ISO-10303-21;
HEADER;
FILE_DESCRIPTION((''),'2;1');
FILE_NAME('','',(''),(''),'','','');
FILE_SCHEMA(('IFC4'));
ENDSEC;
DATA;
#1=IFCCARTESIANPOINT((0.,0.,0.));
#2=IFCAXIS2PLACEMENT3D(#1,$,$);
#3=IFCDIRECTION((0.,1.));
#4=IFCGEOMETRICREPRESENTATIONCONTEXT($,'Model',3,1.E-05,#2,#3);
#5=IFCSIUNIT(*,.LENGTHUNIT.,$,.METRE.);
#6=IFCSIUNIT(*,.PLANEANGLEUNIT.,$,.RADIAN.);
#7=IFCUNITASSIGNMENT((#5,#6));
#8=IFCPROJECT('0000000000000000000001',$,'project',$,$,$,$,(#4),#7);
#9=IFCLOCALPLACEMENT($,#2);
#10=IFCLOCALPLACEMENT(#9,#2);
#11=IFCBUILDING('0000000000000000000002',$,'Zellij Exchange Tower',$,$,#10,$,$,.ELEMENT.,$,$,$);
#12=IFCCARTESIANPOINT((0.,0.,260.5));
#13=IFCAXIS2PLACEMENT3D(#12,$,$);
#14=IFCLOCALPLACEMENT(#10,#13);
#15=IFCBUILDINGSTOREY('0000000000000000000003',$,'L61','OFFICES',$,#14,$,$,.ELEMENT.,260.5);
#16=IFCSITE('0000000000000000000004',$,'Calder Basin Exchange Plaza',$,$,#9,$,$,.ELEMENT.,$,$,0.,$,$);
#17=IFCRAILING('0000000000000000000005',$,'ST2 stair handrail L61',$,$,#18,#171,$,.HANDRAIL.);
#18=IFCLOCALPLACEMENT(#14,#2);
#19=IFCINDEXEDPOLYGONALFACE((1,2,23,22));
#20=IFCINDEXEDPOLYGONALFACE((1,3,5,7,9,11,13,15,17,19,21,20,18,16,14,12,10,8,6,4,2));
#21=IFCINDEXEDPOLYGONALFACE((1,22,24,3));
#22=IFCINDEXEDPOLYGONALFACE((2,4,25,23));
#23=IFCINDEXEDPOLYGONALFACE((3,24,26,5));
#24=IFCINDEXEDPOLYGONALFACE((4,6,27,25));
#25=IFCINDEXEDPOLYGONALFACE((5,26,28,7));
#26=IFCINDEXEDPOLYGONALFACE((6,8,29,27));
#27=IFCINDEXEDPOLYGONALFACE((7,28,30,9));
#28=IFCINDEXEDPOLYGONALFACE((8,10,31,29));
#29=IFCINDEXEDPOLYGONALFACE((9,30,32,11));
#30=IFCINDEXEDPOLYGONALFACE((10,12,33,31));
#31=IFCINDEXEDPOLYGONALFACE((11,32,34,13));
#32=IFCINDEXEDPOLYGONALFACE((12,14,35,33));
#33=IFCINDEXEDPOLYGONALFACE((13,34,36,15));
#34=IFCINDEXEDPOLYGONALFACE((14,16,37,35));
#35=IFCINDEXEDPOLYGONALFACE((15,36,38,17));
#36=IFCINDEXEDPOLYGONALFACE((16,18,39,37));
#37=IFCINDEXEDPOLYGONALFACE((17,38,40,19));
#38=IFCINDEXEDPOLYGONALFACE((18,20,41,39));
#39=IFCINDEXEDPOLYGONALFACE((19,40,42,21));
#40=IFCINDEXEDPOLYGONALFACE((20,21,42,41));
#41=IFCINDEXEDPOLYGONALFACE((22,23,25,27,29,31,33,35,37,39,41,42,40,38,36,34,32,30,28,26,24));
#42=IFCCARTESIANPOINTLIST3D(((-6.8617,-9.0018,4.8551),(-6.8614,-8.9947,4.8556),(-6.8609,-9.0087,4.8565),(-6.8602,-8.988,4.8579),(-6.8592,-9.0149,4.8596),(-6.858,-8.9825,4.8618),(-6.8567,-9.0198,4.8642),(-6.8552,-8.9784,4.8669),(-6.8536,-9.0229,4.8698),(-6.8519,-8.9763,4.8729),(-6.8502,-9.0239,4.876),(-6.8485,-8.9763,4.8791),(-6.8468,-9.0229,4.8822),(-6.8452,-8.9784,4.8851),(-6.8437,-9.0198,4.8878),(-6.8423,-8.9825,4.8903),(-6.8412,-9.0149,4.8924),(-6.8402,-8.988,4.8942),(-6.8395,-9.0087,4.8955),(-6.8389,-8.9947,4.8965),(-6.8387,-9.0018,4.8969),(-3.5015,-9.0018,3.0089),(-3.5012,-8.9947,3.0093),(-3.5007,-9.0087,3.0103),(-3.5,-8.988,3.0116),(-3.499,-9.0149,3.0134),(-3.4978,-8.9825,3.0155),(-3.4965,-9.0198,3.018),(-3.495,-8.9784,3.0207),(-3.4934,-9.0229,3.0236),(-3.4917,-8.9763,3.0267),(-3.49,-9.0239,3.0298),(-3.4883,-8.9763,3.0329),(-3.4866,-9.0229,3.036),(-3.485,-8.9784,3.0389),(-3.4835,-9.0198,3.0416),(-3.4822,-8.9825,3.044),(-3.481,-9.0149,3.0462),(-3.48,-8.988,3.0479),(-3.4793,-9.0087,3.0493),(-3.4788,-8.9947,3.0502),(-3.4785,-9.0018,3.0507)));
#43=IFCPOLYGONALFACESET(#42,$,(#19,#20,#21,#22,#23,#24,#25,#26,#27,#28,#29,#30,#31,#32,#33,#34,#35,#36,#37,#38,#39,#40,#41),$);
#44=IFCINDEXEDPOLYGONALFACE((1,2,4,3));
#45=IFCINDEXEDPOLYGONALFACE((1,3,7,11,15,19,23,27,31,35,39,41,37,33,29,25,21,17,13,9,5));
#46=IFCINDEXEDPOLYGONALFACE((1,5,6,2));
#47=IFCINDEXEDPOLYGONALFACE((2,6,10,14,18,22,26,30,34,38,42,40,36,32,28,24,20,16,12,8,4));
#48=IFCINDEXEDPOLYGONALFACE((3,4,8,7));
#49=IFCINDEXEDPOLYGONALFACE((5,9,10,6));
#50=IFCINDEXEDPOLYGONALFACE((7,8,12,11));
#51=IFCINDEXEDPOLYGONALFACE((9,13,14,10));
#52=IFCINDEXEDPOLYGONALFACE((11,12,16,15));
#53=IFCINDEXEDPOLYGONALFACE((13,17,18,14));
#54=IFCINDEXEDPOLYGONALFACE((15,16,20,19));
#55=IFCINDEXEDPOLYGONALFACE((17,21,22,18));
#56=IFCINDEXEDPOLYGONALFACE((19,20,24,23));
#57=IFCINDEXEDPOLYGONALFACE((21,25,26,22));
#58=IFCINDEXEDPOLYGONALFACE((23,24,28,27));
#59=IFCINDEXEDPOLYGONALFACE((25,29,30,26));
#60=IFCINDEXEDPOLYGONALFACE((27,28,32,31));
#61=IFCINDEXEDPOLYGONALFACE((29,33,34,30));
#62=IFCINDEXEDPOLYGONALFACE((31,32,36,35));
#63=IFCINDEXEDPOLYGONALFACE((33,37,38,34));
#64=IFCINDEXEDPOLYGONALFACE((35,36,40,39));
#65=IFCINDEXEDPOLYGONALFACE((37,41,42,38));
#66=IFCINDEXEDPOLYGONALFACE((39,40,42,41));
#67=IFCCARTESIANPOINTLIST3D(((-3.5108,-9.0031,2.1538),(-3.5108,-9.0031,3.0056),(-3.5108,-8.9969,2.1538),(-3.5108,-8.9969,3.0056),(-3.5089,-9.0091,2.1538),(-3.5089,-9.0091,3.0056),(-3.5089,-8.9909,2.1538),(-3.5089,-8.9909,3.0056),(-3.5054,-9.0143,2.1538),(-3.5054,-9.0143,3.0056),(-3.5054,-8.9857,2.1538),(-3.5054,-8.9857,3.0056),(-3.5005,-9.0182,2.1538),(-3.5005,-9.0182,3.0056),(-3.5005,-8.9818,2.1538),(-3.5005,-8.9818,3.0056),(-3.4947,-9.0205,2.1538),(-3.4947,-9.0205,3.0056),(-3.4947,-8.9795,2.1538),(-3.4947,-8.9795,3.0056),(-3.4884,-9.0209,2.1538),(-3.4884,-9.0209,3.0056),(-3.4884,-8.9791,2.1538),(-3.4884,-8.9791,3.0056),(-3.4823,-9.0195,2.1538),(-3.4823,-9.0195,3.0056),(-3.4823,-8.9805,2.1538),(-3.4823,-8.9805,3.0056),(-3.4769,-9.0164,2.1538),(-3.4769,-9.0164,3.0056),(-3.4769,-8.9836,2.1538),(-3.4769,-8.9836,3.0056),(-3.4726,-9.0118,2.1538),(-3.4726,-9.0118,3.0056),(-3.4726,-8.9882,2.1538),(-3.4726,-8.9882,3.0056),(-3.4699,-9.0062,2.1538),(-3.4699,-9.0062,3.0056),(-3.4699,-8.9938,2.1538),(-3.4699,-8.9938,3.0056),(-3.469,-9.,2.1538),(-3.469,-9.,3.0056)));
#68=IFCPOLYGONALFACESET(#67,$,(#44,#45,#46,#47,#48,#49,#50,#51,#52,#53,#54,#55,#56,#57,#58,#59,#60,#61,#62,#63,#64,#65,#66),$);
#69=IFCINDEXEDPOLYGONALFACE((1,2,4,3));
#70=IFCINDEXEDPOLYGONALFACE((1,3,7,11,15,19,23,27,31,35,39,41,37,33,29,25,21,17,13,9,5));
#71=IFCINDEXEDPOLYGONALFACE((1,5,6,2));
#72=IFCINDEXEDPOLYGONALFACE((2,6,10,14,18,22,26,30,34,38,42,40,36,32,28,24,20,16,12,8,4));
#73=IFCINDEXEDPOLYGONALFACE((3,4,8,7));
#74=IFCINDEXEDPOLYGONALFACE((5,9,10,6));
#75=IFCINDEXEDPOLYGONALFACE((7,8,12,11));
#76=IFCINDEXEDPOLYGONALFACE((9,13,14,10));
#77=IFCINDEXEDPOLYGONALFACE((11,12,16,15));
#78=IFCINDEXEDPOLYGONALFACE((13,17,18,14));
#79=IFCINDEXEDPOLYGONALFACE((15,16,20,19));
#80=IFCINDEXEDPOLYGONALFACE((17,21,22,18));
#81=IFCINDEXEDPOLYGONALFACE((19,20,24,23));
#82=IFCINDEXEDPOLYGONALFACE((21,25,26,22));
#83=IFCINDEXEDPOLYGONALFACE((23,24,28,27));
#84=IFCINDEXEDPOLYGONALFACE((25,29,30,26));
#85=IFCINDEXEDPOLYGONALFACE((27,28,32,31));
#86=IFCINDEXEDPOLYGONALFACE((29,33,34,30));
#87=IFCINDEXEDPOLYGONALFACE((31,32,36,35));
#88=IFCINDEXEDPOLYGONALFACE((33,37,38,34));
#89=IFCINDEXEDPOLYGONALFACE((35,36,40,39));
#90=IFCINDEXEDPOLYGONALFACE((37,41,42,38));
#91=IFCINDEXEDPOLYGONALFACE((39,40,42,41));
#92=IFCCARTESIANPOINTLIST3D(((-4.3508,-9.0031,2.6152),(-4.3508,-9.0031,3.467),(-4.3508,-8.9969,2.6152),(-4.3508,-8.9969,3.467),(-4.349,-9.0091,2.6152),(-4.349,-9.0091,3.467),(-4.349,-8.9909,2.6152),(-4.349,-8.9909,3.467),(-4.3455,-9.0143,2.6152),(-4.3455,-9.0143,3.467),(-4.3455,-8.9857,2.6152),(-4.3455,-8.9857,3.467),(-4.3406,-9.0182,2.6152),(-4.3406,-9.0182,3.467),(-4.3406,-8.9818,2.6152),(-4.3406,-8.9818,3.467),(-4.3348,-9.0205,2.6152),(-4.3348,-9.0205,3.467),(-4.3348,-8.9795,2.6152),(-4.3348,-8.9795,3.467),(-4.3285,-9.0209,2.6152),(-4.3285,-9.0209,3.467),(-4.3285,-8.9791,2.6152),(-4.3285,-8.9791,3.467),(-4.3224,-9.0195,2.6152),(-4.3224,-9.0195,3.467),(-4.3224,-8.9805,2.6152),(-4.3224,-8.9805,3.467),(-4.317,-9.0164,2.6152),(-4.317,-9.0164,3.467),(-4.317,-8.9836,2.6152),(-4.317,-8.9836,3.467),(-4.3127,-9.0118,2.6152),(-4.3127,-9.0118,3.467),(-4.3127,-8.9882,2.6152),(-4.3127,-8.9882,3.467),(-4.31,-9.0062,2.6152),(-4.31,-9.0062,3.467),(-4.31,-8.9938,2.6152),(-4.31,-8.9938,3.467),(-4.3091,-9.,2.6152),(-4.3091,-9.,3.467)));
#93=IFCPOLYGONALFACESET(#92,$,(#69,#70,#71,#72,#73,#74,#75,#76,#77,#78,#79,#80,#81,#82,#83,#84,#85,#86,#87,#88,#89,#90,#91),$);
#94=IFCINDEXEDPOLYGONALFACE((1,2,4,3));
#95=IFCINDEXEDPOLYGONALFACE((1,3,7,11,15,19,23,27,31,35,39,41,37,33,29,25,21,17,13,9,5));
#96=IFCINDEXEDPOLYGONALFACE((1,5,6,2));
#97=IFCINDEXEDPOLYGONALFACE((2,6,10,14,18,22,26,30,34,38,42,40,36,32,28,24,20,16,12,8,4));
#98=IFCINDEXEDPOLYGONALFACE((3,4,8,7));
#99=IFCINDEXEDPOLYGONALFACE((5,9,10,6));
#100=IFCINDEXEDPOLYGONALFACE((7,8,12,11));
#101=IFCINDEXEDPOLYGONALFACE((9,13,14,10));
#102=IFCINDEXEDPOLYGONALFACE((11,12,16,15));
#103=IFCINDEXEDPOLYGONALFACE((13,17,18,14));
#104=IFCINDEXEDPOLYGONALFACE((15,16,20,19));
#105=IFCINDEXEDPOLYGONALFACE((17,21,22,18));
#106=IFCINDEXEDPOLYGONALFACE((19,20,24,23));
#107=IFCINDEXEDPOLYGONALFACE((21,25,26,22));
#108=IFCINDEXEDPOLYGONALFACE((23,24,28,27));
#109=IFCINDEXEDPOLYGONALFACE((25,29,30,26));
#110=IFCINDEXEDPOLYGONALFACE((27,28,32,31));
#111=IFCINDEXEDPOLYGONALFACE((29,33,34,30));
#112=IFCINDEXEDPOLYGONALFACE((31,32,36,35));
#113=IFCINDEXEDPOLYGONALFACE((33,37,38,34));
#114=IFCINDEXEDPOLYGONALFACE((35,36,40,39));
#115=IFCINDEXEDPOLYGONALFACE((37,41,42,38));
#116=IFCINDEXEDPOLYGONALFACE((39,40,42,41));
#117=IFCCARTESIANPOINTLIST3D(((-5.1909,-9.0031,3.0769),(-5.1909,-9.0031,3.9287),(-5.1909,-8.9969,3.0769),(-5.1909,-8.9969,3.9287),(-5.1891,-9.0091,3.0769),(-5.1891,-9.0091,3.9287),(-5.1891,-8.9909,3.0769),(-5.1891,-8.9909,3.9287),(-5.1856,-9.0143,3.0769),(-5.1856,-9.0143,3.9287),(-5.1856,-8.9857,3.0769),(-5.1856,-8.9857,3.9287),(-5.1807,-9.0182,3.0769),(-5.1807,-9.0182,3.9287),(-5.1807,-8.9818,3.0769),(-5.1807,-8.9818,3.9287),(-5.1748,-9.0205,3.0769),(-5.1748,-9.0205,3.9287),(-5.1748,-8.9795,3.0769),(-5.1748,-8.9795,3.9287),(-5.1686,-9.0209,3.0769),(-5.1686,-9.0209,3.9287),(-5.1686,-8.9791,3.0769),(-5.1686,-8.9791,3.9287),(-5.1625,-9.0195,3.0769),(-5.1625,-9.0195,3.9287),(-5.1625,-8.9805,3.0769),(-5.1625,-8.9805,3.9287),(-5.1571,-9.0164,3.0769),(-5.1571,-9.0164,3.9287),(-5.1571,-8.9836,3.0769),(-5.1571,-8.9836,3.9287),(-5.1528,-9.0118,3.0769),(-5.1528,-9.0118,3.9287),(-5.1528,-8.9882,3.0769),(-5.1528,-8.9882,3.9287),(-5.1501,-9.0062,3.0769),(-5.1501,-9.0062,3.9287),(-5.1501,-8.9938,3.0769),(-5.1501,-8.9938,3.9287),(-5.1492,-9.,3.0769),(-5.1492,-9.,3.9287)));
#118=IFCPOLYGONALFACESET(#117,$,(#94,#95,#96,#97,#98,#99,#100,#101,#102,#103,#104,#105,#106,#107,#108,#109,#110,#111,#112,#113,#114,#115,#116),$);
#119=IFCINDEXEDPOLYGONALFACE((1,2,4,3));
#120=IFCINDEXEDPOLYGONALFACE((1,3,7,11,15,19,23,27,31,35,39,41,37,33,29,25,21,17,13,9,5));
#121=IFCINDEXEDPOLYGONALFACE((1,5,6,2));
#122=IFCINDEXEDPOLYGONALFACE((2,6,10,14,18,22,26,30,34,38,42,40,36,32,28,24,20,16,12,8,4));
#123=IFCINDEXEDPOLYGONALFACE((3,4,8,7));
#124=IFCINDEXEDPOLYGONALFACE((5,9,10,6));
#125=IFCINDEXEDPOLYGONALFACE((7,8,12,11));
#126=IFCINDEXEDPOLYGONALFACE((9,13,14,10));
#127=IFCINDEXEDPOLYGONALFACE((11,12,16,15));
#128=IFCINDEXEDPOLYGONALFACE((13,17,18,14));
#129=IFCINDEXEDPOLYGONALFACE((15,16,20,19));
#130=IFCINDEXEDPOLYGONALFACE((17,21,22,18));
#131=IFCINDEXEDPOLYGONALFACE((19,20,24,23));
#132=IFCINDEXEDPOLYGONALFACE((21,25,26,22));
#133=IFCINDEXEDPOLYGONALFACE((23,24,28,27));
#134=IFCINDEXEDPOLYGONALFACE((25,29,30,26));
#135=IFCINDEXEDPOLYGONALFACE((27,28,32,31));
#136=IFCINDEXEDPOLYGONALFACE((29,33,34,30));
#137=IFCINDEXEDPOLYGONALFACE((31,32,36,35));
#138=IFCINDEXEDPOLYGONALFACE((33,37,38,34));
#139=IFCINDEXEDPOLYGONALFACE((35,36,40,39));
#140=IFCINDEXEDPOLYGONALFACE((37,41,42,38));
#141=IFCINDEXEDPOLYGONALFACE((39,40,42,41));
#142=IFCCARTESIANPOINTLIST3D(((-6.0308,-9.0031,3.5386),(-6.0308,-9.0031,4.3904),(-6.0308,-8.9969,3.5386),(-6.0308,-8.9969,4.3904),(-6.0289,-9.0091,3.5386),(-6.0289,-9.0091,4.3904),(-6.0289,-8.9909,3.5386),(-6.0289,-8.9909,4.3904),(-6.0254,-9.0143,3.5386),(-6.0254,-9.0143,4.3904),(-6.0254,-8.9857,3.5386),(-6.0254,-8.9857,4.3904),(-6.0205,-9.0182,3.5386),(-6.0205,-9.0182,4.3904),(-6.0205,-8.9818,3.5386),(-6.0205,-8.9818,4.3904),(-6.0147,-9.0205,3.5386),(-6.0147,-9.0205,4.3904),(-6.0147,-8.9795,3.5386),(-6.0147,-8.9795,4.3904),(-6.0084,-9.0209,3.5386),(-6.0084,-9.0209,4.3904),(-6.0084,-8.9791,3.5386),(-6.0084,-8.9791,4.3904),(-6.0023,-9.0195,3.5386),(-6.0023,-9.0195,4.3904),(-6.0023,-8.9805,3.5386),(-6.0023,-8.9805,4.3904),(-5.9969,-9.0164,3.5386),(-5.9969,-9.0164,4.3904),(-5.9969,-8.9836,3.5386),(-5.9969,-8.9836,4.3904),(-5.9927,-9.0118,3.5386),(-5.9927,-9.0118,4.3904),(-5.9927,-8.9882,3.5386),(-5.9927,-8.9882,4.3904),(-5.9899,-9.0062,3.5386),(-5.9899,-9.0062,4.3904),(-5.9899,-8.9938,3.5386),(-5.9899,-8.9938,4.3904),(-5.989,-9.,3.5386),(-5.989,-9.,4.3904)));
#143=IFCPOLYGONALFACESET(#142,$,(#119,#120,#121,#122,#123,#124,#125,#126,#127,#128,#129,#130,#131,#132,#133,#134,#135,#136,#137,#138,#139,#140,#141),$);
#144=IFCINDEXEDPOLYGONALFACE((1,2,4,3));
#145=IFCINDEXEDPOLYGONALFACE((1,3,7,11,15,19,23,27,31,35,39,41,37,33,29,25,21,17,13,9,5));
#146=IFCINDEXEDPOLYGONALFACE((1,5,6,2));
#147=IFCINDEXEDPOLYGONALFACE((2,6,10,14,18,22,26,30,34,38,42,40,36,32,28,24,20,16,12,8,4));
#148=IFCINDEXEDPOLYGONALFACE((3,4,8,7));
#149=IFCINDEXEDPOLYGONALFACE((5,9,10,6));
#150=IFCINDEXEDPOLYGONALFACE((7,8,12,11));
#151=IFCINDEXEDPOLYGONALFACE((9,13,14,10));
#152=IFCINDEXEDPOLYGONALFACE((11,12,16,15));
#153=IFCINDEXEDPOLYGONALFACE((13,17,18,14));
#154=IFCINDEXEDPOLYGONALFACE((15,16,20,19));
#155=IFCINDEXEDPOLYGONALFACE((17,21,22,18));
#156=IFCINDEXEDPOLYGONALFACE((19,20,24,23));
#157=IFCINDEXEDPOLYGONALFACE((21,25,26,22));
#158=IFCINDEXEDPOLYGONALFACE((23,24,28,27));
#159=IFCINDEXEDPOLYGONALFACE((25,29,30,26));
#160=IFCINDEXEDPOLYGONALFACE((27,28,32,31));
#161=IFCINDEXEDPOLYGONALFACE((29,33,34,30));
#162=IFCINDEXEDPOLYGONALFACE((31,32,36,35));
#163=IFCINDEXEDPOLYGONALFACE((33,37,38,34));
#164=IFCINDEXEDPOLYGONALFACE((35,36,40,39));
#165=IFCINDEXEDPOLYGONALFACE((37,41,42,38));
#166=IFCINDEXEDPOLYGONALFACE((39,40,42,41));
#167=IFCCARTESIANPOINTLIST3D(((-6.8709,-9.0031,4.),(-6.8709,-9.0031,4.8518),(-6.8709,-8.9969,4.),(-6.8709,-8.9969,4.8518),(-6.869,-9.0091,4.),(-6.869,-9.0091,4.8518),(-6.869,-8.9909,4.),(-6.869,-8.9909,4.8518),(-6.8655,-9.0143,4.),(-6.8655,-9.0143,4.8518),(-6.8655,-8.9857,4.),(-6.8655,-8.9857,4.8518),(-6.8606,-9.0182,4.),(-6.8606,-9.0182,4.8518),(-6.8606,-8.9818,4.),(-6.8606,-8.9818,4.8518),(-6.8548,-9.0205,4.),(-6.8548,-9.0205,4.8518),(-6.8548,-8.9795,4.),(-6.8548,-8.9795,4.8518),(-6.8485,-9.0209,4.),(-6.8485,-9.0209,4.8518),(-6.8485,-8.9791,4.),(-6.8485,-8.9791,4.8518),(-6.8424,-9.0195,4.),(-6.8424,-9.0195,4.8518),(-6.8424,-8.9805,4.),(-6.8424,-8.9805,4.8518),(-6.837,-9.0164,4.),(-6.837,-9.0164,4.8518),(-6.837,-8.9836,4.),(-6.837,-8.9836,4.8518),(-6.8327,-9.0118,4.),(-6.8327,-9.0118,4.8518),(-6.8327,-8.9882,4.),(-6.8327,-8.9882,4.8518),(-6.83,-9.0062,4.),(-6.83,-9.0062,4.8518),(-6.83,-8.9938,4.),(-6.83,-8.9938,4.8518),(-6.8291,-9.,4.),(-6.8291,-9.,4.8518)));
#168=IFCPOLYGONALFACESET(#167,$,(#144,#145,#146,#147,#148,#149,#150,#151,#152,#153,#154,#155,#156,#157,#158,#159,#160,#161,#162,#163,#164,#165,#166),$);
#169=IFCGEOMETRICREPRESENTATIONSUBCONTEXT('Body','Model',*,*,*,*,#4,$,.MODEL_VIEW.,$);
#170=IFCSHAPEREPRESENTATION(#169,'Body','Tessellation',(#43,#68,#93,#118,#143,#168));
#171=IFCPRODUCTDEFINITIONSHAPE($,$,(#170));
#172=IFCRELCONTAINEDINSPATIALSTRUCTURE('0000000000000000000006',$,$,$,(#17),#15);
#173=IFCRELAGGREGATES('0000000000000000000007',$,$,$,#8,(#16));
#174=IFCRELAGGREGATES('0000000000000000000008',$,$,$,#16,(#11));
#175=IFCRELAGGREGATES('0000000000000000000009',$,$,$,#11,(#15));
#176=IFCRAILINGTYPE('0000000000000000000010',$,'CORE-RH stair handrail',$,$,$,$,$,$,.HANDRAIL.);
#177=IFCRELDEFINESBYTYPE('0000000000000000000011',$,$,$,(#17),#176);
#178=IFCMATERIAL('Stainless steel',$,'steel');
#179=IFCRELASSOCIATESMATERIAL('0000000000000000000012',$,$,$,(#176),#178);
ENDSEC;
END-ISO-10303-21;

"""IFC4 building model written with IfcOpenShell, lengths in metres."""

from ifc_helpers import new_model, si_unit, direction, frame, origin, origin_2d, place, context, subcontext, project, spatial, circle, extrude, material, type_object, element, save


model = new_model("IFC4")

# Units and contexts
model_context = context("Model", 3, precision=1e-05, world=origin(), true_north=direction((0.0, 1.0)))
body_context = subcontext(model_context, "Body", "Model", "MODEL_VIEW")
ifc_project = project(units=[si_unit("LENGTHUNIT", "METRE"), si_unit("PLANEANGLEUNIT", "RADIAN")], contexts=[model_context])

# Site, building, storey
site_placement = place(None, origin())
site = spatial("IfcSite", under=ifc_project, at=site_placement, Name="Calder Basin Exchange Plaza", CompositionType="ELEMENT", RefElevation=0.0)
building_placement = place(site_placement, origin())
building = spatial("IfcBuilding", under=site, at=building_placement, Name="Zellij Exchange Tower", CompositionType="ELEMENT")
storey_placement = place(building_placement, frame((0.0, 0.0, 260.5)))
storey = spatial("IfcBuildingStorey", under=building, at=storey_placement, Name="L61", Description="OFFICES", CompositionType="ELEMENT", Elevation=260.5)

# Railing
ifc_material_1 = material(Name="Stainless steel", Category="steel")
railing_type_1 = type_object("IfcRailingType", Name="CORE-RH stair handrail", PredefinedType="HANDRAIL", material=ifc_material_1)
railing_1_placement = place(storey_placement, frame((-3.49, -9.0, 2.1538)))
element("IfcRailing", 1, at=railing_1_placement, inside=storey, type_object=railing_type_1, Name="ST2 stair handrail L61", PredefinedType="HANDRAIL", context=body_context, shape_type="SweptSolid", body=[
    extrude(circle(Radius=0.0239, at=origin_2d()), frame((0.0, 0.0, 0.876), z_axis=(-0.876422, 0.0, 0.481545), x_axis=(0.0, -1.0, 0.0)), (0.0, 0.0, 1.0), 3.834),
    extrude(circle(Radius=0.021, at=origin_2d()), origin(), (0.0, 0.0, 1.0), 0.8518),
    extrude(circle(Radius=0.021, at=origin_2d()), frame((-0.8401, 0.0, 0.4614)), (0.0, 0.0, 1.0), 0.8518),
    extrude(circle(Radius=0.021, at=origin_2d()), frame((-1.6802, 0.0, 0.9231)), (0.0, 0.0, 1.0), 0.8518),
    extrude(circle(Radius=0.021, at=origin_2d()), frame((-2.52, 0.0, 1.3848)), (0.0, 0.0, 1.0), 0.8518),
    extrude(circle(Radius=0.021, at=origin_2d()), frame((-3.3601, 0.0, 1.8462)), (0.0, 0.0, 1.0), 0.8518),
])

save(model, "model.ifc")
